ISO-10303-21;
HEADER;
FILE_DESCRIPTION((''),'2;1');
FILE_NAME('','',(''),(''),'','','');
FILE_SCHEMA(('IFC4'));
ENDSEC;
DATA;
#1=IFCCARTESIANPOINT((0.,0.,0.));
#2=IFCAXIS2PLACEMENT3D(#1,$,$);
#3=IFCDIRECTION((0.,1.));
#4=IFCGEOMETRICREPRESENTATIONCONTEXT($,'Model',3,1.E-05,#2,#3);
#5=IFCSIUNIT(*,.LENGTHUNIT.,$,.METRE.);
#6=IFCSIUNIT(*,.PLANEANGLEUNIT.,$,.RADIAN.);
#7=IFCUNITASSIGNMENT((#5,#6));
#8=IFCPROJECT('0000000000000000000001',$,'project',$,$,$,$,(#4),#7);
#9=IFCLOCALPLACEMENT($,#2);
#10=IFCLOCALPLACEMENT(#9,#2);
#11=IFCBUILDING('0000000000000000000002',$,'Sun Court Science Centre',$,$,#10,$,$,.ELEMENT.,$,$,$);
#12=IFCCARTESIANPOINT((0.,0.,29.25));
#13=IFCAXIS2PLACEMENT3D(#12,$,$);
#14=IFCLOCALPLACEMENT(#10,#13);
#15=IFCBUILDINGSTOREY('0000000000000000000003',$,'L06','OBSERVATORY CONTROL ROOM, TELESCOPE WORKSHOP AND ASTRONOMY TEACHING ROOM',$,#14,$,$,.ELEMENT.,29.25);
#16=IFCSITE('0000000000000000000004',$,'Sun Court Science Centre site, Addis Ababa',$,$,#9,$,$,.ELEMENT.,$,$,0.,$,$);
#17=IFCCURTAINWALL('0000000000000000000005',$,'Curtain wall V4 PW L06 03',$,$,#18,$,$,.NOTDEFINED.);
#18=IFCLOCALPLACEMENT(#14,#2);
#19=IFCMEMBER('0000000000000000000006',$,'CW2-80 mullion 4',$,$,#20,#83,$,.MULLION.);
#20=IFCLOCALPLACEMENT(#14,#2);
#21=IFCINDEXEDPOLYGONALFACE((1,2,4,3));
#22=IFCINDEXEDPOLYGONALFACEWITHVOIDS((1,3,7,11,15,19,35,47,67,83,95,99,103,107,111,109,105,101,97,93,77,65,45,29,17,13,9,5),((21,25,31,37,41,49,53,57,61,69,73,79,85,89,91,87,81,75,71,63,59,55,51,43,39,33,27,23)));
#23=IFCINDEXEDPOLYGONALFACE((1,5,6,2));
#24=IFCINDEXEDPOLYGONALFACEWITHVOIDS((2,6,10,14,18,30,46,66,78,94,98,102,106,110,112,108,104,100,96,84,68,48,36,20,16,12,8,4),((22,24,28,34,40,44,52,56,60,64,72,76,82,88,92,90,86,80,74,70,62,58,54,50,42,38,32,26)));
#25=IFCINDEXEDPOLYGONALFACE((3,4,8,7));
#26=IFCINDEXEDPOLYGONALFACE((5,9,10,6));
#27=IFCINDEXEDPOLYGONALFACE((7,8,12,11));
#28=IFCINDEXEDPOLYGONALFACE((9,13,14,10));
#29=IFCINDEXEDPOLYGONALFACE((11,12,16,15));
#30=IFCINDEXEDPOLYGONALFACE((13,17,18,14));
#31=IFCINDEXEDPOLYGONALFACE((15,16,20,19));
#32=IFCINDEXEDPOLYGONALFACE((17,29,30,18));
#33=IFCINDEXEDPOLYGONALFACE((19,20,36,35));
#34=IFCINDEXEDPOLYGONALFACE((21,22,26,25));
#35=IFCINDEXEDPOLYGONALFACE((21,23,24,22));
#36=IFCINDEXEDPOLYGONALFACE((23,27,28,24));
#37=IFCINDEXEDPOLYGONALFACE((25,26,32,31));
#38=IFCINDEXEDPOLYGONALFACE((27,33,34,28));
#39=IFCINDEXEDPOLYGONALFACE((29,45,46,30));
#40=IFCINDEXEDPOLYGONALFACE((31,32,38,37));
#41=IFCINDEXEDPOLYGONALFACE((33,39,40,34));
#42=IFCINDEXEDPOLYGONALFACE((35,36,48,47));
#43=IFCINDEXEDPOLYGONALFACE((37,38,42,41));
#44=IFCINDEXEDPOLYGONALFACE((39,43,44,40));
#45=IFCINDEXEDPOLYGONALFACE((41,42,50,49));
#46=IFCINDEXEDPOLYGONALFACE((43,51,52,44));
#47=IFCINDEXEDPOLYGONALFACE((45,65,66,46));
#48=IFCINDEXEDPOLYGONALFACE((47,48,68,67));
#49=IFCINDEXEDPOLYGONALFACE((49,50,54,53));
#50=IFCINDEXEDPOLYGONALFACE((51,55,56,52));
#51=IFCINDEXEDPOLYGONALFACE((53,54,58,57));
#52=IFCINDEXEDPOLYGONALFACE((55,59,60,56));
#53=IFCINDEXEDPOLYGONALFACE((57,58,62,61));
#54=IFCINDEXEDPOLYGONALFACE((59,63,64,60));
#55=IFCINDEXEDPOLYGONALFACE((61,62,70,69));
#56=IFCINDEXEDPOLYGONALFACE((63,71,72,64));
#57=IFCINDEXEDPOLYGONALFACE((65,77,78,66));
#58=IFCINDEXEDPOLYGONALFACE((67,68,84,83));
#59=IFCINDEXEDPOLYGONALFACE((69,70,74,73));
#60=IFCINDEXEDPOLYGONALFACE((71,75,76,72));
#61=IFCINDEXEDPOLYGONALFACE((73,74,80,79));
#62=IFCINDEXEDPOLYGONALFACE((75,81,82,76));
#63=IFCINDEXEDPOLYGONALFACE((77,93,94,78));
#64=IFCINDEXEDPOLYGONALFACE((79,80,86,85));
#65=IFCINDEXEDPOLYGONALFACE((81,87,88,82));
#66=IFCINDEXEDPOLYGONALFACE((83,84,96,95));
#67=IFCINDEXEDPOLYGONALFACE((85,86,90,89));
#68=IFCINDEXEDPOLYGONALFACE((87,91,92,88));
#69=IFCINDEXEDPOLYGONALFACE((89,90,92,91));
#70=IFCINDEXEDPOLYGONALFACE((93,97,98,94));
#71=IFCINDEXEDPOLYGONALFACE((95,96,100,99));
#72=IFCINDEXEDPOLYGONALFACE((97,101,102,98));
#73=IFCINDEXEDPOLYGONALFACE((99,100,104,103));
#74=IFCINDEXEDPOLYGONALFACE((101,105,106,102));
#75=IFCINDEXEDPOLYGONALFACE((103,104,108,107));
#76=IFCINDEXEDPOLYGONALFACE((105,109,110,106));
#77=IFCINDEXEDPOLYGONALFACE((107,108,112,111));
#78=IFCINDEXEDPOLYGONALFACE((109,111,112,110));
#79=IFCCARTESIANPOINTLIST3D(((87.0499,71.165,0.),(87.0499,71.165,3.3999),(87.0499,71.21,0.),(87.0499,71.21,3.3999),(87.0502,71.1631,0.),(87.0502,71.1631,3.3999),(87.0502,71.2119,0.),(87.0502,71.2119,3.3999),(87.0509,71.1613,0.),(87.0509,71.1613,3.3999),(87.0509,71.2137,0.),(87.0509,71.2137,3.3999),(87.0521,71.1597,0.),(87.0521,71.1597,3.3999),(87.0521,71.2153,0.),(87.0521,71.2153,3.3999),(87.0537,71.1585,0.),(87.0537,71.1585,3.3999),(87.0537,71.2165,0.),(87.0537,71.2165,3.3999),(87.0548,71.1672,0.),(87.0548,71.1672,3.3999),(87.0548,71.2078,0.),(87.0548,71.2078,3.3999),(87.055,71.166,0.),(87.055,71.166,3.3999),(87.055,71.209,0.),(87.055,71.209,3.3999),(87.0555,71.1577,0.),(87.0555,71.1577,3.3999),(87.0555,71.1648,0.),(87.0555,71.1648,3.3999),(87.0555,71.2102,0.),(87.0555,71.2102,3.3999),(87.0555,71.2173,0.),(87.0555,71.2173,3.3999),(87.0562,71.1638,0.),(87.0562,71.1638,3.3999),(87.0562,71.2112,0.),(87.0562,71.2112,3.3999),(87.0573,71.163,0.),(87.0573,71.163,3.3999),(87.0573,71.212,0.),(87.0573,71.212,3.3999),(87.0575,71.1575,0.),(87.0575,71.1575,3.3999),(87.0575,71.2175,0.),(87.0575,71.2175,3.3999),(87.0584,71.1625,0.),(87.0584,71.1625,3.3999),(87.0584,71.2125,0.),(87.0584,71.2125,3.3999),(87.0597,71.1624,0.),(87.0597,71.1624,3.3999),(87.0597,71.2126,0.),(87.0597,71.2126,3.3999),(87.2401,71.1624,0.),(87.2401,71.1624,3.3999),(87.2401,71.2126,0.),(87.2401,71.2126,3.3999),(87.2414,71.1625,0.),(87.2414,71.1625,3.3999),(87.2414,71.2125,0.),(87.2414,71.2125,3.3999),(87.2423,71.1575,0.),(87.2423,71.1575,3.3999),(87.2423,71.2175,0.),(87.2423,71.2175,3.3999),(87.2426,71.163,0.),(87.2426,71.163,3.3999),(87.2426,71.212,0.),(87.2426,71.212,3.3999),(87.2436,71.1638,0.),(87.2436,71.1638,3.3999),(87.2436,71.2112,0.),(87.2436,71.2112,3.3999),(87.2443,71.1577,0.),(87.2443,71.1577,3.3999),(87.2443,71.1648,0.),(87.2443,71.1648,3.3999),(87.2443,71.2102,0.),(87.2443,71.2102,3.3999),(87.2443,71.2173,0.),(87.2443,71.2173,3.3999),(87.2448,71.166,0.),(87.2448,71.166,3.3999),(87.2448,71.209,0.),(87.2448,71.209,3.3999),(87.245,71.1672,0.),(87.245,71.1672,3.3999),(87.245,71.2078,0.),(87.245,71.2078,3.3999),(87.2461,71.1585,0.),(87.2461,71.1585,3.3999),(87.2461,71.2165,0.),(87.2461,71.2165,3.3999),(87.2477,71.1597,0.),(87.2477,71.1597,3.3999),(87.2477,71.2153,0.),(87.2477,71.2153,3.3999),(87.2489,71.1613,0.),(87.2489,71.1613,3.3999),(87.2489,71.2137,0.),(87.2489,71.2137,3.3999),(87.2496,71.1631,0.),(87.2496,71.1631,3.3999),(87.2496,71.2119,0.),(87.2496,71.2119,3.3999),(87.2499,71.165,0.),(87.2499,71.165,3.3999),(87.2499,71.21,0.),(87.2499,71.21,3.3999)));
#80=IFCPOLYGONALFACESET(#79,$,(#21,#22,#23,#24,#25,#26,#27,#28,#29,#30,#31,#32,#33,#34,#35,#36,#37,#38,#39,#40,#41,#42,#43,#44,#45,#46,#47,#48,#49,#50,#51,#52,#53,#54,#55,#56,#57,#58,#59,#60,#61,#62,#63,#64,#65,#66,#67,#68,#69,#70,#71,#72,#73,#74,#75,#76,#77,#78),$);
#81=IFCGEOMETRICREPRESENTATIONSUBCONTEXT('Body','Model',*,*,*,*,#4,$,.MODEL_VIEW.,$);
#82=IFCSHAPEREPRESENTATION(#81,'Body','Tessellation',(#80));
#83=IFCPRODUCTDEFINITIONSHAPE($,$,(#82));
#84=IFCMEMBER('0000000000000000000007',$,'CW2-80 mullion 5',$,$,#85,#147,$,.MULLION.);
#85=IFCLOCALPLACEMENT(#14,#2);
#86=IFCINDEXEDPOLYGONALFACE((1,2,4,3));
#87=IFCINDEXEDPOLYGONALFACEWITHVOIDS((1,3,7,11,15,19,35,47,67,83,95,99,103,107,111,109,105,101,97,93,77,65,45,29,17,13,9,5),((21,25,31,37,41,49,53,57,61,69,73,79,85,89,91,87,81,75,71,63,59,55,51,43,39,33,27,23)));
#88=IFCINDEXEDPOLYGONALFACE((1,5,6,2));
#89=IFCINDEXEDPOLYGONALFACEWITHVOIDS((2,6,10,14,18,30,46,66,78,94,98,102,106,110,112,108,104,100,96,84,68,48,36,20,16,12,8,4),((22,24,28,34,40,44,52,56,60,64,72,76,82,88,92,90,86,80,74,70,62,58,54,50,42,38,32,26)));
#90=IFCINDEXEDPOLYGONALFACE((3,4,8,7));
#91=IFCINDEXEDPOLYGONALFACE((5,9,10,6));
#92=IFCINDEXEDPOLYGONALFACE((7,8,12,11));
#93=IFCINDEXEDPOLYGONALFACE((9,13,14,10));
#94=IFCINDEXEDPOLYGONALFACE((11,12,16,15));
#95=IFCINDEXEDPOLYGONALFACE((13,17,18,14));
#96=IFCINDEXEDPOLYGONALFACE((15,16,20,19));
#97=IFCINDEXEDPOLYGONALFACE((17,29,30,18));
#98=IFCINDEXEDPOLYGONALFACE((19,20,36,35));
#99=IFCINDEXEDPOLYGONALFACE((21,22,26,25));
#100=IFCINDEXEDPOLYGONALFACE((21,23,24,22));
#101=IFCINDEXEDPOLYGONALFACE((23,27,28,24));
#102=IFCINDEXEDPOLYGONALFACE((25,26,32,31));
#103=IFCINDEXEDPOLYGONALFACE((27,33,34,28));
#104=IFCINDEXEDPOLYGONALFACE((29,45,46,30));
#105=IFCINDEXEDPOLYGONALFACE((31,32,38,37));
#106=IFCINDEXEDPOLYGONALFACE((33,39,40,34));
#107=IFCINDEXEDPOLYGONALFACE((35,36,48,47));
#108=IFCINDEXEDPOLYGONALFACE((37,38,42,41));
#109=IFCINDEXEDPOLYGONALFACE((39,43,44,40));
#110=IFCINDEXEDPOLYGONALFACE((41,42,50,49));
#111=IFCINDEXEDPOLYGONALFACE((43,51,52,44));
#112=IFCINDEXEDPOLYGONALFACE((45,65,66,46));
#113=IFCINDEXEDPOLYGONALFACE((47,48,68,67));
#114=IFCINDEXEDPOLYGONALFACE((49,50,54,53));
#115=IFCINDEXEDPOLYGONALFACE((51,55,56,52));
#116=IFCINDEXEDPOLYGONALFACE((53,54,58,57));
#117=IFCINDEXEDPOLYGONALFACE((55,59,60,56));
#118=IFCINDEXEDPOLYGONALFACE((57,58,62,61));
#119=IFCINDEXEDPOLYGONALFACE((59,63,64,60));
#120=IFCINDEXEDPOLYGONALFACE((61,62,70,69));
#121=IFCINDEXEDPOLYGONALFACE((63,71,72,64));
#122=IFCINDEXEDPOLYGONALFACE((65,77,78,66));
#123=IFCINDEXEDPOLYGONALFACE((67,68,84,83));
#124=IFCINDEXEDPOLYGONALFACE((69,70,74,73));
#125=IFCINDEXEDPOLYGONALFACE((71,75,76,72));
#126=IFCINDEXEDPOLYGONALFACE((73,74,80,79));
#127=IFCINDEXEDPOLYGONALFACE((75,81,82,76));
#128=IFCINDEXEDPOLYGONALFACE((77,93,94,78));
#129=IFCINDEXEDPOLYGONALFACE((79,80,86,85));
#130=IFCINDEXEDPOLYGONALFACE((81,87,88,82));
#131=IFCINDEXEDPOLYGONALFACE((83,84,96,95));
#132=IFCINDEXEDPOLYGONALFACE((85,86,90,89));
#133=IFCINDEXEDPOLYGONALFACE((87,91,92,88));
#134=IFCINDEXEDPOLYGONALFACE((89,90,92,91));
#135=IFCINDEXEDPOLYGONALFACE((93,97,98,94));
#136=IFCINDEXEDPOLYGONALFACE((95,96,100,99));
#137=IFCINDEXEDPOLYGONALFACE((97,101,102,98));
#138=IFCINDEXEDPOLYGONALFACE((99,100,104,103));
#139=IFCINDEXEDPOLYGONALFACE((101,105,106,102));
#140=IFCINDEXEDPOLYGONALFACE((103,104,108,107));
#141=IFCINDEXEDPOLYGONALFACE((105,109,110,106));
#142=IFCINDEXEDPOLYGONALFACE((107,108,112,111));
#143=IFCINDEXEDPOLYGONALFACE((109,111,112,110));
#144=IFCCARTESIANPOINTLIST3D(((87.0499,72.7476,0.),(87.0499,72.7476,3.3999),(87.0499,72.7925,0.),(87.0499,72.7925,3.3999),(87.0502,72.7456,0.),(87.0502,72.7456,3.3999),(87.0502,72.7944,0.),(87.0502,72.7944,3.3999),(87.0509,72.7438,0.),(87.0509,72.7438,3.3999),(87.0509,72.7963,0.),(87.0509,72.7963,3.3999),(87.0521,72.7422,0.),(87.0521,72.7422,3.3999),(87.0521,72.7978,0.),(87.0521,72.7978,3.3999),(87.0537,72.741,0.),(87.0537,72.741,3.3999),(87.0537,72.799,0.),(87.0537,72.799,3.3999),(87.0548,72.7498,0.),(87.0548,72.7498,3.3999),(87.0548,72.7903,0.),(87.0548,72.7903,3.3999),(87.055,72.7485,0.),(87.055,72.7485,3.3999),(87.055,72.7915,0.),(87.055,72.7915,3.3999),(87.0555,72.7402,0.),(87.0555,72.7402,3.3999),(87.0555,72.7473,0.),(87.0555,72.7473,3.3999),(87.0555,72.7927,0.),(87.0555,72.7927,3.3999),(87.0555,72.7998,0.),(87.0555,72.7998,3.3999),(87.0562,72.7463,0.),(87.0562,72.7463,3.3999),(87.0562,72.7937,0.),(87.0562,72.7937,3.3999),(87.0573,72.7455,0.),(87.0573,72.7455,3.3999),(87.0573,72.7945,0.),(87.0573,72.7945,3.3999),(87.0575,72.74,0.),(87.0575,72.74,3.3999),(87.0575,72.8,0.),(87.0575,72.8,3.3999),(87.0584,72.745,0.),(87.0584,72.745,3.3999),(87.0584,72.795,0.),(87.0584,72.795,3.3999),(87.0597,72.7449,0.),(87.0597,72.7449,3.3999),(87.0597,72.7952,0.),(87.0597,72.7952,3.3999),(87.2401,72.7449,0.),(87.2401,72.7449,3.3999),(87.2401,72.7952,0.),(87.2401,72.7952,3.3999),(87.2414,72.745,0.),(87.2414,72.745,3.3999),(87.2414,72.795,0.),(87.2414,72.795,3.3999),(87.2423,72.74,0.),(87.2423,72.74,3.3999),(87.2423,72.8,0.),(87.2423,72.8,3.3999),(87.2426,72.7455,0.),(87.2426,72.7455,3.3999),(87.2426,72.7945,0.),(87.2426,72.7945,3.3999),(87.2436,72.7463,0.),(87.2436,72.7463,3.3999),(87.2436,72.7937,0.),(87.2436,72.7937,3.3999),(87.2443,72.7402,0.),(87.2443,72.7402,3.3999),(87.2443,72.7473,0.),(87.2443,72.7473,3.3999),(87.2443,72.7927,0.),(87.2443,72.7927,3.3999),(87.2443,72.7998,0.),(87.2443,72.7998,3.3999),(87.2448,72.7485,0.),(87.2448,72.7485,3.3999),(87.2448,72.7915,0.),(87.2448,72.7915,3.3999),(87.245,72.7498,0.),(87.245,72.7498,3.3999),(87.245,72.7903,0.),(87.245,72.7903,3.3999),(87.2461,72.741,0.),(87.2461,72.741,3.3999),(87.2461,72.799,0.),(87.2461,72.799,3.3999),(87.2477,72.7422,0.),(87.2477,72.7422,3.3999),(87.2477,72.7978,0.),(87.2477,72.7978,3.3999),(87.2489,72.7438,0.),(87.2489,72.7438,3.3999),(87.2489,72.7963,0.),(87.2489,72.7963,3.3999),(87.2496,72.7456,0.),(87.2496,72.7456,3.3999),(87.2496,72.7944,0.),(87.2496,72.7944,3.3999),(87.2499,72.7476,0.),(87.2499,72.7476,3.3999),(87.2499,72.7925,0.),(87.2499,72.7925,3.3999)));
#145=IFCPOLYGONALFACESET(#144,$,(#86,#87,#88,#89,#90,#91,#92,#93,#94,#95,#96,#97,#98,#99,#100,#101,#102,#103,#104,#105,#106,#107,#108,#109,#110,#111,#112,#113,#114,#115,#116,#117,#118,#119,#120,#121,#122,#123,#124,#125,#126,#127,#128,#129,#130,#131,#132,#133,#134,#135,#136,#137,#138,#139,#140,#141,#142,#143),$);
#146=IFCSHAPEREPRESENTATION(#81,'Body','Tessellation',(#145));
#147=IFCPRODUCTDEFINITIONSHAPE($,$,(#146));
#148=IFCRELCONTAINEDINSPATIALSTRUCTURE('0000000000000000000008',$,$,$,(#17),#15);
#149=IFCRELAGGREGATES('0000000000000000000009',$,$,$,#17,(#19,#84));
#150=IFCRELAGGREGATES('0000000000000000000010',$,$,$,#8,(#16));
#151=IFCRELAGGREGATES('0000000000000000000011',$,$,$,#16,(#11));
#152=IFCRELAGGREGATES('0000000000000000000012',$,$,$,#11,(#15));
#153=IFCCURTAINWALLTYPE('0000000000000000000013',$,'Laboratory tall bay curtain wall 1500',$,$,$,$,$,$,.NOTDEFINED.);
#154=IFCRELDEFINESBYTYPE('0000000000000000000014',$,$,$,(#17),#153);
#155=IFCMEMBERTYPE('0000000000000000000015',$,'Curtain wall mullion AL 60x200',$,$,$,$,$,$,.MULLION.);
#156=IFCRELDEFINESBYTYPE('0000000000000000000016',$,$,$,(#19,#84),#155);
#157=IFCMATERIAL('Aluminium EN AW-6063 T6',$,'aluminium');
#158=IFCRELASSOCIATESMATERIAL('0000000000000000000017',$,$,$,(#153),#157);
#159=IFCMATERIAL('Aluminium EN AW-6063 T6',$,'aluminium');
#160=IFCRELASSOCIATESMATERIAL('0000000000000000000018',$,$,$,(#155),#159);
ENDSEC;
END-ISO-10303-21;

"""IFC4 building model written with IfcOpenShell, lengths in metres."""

from ifc_helpers import new_model, si_unit, direction, frame, origin, origin_2d, place, context, subcontext, project, spatial, hollow_rectangle, extrude, material, material_profile, profile_set, type_object, element, aggregate, save


model = new_model("IFC4")

# Units and contexts
model_context = context("Model", 3, precision=1e-05, world=origin(), true_north=direction((0.0, 1.0)))
body_context = subcontext(model_context, "Body", "Model", "MODEL_VIEW")
ifc_project = project(units=[si_unit("LENGTHUNIT", "METRE"), si_unit("PLANEANGLEUNIT", "RADIAN")], contexts=[model_context])

# Site, building, storey
site_placement = place(None, origin())
site = spatial("IfcSite", under=ifc_project, at=site_placement, Name="Sun Court Science Centre site, Addis Ababa", CompositionType="ELEMENT", RefElevation=0.0)
building_placement = place(site_placement, origin())
building = spatial("IfcBuilding", under=site, at=building_placement, Name="Sun Court Science Centre", CompositionType="ELEMENT")
storey_placement = place(building_placement, frame((0.0, 0.0, 29.25)))
storey = spatial("IfcBuildingStorey", under=building, at=storey_placement, Name="L06", Description="OBSERVATORY CONTROL ROOM, TELESCOPE WORKSHOP AND ASTRONOMY TEACHING ROOM", CompositionType="ELEMENT", Elevation=29.25)

# Curtain wall, members
ifc_material_1 = material(Name="Aluminium EN AW-6063 T6", Category="aluminium")
curtain_wall_type = type_object("IfcCurtainWallType", Name="Laboratory tall bay curtain wall 1500", PredefinedType="NOTDEFINED", material=ifc_material_1)
curtain_wall_placement = place(storey_placement, origin())
curtain_wall = element("IfcCurtainWall", 1, at=curtain_wall_placement, inside=storey, type_object=curtain_wall_type, Name="Curtain wall V4 PW L06 03", PredefinedType="NOTDEFINED")
ifc_material_2 = material(Name="Aluminium EN AW-6063 T6", Category="aluminium")
ifc_material_profile_1 = material_profile(ifc_material_2, hollow_rectangle(XDim=0.0601, YDim=0.2, WallThickness=0.0049, InnerFilletRadius=0.0049, OuterFilletRadius=0.0076, at=origin_2d()), Name="AL 60x200x5")
ifc_profile_set_1 = profile_set([ifc_material_profile_1], Name="Aluminium EN AW-6063 T6")
member_type_1 = type_object("IfcMemberType", Name="Curtain wall mullion AL 60x200", PredefinedType="MULLION", material=ifc_profile_set_1)
member_1_placement = place(storey_placement, frame((87.1499, 71.1875, 0.0), z_axis=(0.0, 0.0, 1.0), x_axis=(0.0, 1.0, 0.0)))
member_1 = element("IfcMember", 2, at=member_1_placement, type_object=member_type_1, Name="CW2-80 mullion 4", PredefinedType="MULLION", context=body_context, shape_type="SweptSolid", body=[
    extrude(hollow_rectangle(XDim=0.0601, YDim=0.2, WallThickness=0.0049, InnerFilletRadius=0.0049, OuterFilletRadius=0.0076, at=origin_2d()), origin(), (0.0, 0.0, 1.0), 3.3999),
])
member_2_placement = place(storey_placement, frame((87.1499, 72.77, 0.0), z_axis=(0.0, 0.0, 1.0), x_axis=(0.0, 1.0, 0.0)))
member_2 = element("IfcMember", 3, at=member_2_placement, type_object=member_type_1, Name="CW2-80 mullion 5", PredefinedType="MULLION", context=body_context, shape_type="SweptSolid", body=[
    extrude(hollow_rectangle(XDim=0.0601, YDim=0.2, WallThickness=0.0049, InnerFilletRadius=0.0049, OuterFilletRadius=0.0076, at=origin_2d()), origin(), (0.0, 0.0, 1.0), 3.3999),
])

aggregate(curtain_wall, [member_1, member_2])

save(model, "model.ifc")
